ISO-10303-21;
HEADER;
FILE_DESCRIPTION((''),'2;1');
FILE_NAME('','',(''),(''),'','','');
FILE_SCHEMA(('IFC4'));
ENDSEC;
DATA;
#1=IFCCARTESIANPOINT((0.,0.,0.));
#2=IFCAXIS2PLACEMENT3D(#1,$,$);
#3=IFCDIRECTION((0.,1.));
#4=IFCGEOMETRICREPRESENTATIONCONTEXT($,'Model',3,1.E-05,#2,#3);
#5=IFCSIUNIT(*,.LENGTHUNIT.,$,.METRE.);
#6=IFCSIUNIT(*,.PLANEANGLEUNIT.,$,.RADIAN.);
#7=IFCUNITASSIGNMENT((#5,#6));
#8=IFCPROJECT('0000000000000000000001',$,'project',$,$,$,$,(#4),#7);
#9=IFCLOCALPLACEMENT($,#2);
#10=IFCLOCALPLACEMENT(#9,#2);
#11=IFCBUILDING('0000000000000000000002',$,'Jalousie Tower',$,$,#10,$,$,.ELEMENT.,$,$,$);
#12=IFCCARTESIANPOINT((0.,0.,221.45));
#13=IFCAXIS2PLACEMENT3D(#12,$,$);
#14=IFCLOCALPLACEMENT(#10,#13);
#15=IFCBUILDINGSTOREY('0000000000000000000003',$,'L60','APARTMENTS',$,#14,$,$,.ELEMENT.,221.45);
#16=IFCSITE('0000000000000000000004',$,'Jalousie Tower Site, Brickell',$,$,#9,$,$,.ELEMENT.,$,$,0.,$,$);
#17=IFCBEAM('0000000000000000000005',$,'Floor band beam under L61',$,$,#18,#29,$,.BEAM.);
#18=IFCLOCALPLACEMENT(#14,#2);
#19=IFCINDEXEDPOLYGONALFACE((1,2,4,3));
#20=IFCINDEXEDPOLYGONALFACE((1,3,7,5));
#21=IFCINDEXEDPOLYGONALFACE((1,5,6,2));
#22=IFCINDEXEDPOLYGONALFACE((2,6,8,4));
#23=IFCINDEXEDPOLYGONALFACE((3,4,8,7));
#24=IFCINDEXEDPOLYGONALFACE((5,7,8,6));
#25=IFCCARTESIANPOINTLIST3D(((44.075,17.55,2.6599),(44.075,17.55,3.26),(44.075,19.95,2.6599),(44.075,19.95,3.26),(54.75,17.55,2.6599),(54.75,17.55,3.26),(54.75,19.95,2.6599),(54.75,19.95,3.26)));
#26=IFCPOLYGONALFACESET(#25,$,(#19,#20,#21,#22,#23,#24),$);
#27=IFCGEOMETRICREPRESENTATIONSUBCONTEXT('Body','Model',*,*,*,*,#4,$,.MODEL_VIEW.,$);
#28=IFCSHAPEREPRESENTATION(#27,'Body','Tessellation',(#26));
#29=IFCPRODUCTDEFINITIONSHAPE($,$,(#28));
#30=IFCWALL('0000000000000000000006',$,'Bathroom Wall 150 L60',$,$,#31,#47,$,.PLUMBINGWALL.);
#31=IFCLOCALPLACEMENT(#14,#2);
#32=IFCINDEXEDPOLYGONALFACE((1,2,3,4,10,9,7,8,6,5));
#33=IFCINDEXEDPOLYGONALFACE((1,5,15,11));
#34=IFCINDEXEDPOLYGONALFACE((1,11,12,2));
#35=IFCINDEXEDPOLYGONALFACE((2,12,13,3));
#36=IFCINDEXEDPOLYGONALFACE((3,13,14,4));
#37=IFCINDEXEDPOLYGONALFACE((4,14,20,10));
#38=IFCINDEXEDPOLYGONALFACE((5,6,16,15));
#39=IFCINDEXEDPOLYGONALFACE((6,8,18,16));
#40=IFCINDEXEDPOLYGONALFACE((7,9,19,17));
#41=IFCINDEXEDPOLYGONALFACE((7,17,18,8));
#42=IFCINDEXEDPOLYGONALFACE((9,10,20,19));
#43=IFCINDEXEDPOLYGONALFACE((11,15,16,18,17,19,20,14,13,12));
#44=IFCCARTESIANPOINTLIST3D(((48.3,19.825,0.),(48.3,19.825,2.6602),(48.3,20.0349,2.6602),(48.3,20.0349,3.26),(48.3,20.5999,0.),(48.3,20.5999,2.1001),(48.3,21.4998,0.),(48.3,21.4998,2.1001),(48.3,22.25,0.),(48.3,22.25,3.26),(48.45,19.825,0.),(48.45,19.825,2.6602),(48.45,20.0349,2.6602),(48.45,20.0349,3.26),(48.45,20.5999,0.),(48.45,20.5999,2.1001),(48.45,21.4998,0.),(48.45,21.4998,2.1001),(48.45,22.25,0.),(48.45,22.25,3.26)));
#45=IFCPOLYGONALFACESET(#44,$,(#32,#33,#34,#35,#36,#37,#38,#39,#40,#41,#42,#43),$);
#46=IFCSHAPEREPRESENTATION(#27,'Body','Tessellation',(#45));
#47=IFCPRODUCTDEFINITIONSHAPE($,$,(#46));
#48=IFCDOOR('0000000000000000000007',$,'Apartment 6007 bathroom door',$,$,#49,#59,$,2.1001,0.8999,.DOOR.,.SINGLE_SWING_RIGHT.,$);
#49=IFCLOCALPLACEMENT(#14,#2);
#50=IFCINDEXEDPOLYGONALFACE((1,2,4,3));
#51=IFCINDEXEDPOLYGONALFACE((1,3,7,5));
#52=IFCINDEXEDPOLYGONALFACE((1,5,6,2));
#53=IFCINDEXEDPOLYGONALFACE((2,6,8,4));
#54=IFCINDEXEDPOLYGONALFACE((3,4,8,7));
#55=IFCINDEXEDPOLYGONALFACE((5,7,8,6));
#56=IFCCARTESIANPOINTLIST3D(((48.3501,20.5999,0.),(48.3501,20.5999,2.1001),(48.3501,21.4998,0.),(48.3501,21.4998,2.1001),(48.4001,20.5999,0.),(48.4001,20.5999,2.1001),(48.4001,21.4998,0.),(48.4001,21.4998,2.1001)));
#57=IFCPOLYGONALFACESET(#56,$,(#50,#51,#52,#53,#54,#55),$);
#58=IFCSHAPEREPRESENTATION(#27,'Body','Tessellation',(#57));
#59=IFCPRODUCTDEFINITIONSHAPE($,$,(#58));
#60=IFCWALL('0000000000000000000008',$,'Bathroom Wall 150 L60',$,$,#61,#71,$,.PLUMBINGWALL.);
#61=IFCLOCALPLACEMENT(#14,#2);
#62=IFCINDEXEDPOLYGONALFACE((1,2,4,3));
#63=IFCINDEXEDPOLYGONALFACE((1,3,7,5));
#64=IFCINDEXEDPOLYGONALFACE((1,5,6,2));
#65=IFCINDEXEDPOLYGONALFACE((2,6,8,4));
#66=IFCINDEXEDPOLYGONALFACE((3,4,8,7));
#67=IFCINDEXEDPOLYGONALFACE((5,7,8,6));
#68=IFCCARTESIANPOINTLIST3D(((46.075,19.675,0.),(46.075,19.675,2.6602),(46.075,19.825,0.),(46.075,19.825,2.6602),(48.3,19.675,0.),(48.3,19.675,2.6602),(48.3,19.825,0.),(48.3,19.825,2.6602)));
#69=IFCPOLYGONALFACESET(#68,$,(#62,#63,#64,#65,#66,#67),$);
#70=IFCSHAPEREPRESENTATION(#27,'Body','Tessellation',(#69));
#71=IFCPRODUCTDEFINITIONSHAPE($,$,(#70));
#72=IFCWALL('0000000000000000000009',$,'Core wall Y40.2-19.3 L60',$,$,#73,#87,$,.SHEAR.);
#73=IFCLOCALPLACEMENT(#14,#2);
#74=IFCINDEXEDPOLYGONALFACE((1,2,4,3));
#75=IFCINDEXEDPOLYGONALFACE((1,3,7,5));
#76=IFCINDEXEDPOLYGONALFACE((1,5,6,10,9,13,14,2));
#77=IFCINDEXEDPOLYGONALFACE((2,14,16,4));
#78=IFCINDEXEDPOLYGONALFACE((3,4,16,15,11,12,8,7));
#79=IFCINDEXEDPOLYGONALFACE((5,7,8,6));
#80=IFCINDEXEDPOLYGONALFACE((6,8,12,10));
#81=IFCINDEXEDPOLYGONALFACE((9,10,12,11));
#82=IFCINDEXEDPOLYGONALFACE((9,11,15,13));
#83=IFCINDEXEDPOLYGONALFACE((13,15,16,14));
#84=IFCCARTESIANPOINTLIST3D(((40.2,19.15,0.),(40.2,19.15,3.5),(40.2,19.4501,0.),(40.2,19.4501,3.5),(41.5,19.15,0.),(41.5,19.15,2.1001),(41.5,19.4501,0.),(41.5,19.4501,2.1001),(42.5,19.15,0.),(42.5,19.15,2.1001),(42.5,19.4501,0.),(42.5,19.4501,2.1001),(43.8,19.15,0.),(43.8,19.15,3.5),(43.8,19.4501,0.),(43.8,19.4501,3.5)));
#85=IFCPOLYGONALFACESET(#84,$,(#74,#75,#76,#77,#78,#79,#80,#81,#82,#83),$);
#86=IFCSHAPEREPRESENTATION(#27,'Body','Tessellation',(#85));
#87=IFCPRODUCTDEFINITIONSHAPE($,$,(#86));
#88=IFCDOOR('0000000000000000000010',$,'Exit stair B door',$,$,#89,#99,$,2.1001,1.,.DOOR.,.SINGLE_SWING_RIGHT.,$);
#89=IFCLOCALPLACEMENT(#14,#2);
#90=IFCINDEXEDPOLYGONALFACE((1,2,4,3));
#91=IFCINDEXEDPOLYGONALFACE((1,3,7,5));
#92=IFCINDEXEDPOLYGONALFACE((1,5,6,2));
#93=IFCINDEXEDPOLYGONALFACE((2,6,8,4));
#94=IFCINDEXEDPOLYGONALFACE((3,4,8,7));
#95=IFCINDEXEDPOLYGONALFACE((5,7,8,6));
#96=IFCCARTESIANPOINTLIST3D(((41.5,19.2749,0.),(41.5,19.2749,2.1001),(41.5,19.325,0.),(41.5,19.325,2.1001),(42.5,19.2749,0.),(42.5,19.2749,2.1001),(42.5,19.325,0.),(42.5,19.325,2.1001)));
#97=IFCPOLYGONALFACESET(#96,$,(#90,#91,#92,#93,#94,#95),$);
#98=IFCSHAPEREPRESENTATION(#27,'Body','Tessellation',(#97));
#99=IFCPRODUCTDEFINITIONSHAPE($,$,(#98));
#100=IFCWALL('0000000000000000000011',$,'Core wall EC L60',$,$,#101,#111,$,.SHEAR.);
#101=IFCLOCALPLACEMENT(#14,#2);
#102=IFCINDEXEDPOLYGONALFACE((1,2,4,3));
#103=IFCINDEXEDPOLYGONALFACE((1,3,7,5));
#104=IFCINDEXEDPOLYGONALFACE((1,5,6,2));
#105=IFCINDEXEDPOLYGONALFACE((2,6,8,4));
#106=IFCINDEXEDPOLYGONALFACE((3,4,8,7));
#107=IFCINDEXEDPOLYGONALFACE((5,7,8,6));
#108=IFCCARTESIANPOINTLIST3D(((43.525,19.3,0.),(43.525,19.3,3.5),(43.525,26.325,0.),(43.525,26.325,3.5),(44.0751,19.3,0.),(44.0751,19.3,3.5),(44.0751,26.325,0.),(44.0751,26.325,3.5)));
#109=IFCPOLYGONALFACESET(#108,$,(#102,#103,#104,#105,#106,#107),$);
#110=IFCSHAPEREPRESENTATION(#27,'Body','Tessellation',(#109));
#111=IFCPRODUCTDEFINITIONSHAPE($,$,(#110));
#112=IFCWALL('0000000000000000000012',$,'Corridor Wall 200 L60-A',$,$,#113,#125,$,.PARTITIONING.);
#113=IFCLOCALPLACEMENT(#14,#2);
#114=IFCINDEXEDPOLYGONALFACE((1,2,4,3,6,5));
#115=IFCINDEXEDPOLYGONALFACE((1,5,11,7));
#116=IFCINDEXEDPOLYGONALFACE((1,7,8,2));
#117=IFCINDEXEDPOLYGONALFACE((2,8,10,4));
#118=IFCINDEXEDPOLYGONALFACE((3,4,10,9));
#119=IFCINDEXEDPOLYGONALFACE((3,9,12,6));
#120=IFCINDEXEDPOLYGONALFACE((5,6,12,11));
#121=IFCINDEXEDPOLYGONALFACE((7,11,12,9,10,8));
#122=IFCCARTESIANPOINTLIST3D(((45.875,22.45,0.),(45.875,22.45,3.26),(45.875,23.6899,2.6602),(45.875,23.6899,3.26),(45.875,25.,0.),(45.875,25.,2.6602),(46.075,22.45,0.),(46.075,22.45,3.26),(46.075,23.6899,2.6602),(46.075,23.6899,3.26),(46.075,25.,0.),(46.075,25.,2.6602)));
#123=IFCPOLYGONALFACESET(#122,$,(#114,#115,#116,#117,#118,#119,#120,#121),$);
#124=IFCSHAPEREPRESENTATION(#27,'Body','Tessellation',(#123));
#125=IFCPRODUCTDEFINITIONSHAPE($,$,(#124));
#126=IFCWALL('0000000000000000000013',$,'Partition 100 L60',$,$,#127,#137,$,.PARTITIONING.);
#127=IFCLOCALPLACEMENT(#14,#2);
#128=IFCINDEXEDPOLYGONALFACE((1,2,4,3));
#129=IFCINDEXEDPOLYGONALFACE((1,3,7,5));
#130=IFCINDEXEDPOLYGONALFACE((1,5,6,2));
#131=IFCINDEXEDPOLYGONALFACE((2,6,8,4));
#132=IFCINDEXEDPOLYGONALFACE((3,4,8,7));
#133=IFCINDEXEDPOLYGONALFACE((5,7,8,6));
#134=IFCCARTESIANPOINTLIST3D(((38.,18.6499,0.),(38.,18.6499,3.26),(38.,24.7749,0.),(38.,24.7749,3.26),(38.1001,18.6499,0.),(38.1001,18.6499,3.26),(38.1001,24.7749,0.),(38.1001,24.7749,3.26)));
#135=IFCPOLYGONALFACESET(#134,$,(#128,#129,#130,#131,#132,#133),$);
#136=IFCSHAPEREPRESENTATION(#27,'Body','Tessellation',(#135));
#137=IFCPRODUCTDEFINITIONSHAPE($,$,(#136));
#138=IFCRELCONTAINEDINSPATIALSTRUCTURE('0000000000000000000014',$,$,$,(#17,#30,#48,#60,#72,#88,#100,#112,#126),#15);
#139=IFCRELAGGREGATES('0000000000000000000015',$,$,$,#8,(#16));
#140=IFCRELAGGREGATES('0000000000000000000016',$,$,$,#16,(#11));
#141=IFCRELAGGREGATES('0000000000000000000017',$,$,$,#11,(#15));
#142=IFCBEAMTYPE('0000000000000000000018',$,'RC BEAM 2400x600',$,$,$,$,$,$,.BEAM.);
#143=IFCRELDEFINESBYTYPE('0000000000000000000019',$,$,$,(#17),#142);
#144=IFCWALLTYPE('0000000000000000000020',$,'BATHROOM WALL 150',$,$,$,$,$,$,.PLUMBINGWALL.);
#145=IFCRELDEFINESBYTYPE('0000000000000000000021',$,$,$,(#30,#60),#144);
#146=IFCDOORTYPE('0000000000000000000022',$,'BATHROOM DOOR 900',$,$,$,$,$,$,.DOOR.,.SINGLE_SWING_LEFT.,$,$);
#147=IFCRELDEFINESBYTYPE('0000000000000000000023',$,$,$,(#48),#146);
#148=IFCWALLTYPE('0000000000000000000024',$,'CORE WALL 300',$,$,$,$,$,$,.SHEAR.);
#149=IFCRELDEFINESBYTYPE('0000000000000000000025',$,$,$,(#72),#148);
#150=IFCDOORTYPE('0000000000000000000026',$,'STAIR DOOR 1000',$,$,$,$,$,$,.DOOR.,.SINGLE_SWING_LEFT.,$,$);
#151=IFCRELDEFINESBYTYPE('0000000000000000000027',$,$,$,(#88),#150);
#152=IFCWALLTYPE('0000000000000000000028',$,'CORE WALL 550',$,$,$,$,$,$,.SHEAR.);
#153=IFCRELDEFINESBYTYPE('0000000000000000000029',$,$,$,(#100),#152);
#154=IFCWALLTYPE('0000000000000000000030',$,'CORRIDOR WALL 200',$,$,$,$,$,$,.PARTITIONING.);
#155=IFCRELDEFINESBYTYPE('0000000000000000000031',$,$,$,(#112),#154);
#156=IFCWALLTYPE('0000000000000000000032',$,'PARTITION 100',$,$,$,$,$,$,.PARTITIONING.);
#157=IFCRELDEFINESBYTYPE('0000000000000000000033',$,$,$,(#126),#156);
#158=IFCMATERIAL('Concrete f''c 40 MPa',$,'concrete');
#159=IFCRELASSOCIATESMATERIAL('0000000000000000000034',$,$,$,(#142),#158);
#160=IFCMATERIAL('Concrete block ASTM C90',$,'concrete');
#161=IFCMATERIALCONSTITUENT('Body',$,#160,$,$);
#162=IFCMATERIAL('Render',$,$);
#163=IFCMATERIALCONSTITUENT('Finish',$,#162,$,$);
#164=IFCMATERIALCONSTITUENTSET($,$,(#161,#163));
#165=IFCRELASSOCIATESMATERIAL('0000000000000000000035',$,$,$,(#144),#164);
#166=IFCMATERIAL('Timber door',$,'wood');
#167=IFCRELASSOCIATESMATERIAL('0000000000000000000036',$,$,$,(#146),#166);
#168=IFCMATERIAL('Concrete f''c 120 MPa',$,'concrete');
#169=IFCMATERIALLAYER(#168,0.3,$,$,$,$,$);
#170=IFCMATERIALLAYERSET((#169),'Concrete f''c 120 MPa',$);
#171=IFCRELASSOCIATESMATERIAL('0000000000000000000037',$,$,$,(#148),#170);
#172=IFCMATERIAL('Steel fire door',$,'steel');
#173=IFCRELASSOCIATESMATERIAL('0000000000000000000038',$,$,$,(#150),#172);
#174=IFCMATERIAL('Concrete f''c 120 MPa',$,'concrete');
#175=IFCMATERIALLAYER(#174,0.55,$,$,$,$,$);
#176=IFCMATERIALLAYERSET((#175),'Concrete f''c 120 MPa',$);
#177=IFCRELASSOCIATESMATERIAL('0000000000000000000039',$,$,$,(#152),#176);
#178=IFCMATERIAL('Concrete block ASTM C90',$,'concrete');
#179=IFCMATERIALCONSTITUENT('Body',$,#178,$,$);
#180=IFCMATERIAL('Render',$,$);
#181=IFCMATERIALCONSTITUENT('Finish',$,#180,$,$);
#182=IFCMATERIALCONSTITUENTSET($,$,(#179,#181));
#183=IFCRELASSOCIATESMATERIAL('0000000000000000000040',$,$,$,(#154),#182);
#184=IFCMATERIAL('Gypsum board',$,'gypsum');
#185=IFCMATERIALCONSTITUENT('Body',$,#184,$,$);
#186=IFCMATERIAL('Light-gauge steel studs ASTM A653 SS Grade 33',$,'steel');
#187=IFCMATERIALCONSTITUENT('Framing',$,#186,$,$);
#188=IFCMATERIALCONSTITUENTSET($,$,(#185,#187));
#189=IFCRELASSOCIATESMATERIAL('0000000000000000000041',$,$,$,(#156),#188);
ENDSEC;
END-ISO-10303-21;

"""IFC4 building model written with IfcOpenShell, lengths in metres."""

from ifc_helpers import new_model, si_unit, direction, frame, frame_2d, origin, origin_2d, place, context, subcontext, project, spatial, polyline, rectangle, outline, extrude, material, layer, layer_set, constituent, constituent_set, material_profile, profile_set, type_object, element, fill, save


model = new_model("IFC4")

# Units and contexts
model_context = context("Model", 3, precision=1e-05, world=origin(), true_north=direction((0.0, 1.0)))
body_context = subcontext(model_context, "Body", "Model", "MODEL_VIEW")
ifc_project = project(units=[si_unit("LENGTHUNIT", "METRE"), si_unit("PLANEANGLEUNIT", "RADIAN")], contexts=[model_context])

# Site, building, storey
site_placement = place(None, origin())
site = spatial("IfcSite", under=ifc_project, at=site_placement, Name="Jalousie Tower Site, Brickell", CompositionType="ELEMENT", RefElevation=0.0)
building_placement = place(site_placement, origin())
building = spatial("IfcBuilding", under=site, at=building_placement, Name="Jalousie Tower", CompositionType="ELEMENT")
storey_placement = place(building_placement, frame((0.0, 0.0, 221.45)))
storey = spatial("IfcBuildingStorey", under=building, at=storey_placement, Name="L60", Description="APARTMENTS", CompositionType="ELEMENT", Elevation=221.45)

# Beam
ifc_material_1 = material(Name="Concrete f'c 40 MPa", Category="concrete")
ifc_material_profile = material_profile(ifc_material_1, rectangle(XDim=2.3999, YDim=0.6001, at=origin_2d()), Name="RC 2400x600")
ifc_profile_set = profile_set([ifc_material_profile], Name="Concrete f'c 40 MPa")
beam_type = type_object("IfcBeamType", Name="RC BEAM 2400x600", PredefinedType="BEAM", material=ifc_profile_set)
beam_placement = place(storey_placement, frame((44.075, 18.75, 2.96), z_axis=(1.0, 0.0, 0.0), x_axis=(0.0, 1.0, 0.0)))
element("IfcBeam", 1, at=beam_placement, inside=storey, type_object=beam_type, Name="Floor band beam under L61", PredefinedType="BEAM", context=body_context, shape_type="SweptSolid", body=[
    extrude(rectangle(XDim=2.3999, YDim=0.6001, at=origin_2d()), origin(), (0.0, 0.0, 1.0), 10.675),
])

# Wall, opening, door
ifc_material_2 = material(Name="Concrete block ASTM C90", Category="concrete")
ifc_constituent_1 = constituent(ifc_material_2, Name="Body")
ifc_material_3 = material(Name="Render")
ifc_constituent_2 = constituent(ifc_material_3, Name="Finish")
ifc_constituent_set_1 = constituent_set(constituents=[ifc_constituent_1, ifc_constituent_2])
wall_type_1 = type_object("IfcWallType", Name="BATHROOM WALL 150", PredefinedType="PLUMBINGWALL", material=ifc_constituent_set_1)
wall_1_placement = place(storey_placement, frame((48.375, 19.825, 0.0), z_axis=(0.0, 0.0, 1.0), x_axis=(0.0, 1.0, 0.0)))
wall_1 = element("IfcWall", 2, at=wall_1_placement, inside=storey, type_object=wall_type_1, Name="Bathroom Wall 150 L60", PredefinedType="PLUMBINGWALL", context=body_context, shape_type="SweptSolid", body=[
    extrude(outline(polyline([(0.0, 0.0), (2.425, 0.0), (2.425, 3.26), (0.21, 3.26), (0.21, 2.6602), (0.0, 2.6602), (0.0, 3.26), (0.0, 0.0)])), frame((0.0, 0.075, 0.0), z_axis=(0.0, -1.0, 0.0), x_axis=(1.0, 0.0, 0.0)), (0.0, 0.0, 1.0), 0.1499),
])
opening_1_placement = place(wall_1_placement, frame((0.7749, 0.0, 0.0)))
opening_1 = element("IfcOpeningElement", 3, at=opening_1_placement, cuts=wall_1, PredefinedType="OPENING", context=body_context, shape_type="SweptSolid", body=[
    extrude(rectangle(XDim=0.8999, YDim=2.1001, at=frame_2d((0.45, 1.05))), frame((0.0, 0.085, 0.0), z_axis=(0.0, -1.0, 0.0), x_axis=(1.0, 0.0, 0.0)), (0.0, 0.0, 1.0), 0.1699),
])
ifc_material_4 = material(Name="Timber door", Category="wood")
door_type_1 = type_object("IfcDoorType", Name="BATHROOM DOOR 900", OperationType="SINGLE_SWING_LEFT", PredefinedType="DOOR", material=ifc_material_4)
door_1_placement = place(opening_1_placement, origin())
door_1 = element("IfcDoor", 4, at=door_1_placement, inside=storey, type_object=door_type_1, Name="Apartment 6007 bathroom door", OperationType="SINGLE_SWING_RIGHT", OverallHeight=2.1001, OverallWidth=0.8999, PredefinedType="DOOR", context=body_context, shape_type="SweptSolid", body=[
    extrude(rectangle(XDim=0.8999, YDim=2.1001, at=frame_2d((0.45, 1.05))), frame((0.0, 0.0249, 0.0), z_axis=(0.0, -1.0, 0.0), x_axis=(1.0, 0.0, 0.0)), (0.0, 0.0, 1.0), 0.05),
])
fill(opening_1, door_1)

# Wall
wall_2_placement = place(storey_placement, frame((48.3, 19.75, 0.0), z_axis=(0.0, 0.0, 1.0), x_axis=(-1.0, 0.0, 0.0)))
element("IfcWall", 5, at=wall_2_placement, inside=storey, type_object=wall_type_1, Name="Bathroom Wall 150 L60", PredefinedType="PLUMBINGWALL", context=body_context, shape_type="SweptSolid", body=[
    extrude(outline(polyline([(0.0, 0.0), (2.2251, 0.0), (2.2251, 3.26), (2.2251, 2.6602), (0.0, 2.6602), (0.0, 3.26), (0.0, 0.0)])), frame((0.0, 0.075, 0.0), z_axis=(0.0, -1.0, 0.0), x_axis=(1.0, 0.0, 0.0)), (0.0, 0.0, 1.0), 0.1499),
])

# Wall, opening, door
ifc_material_5 = material(Name="Concrete f'c 120 MPa", Category="concrete")
ifc_layer_1 = layer(ifc_material_5, 0.3)
ifc_layer_set_1 = layer_set([ifc_layer_1], Name="Concrete f'c 120 MPa")
wall_type_2 = type_object("IfcWallType", Name="CORE WALL 300", PredefinedType="SHEAR", material=ifc_layer_set_1)
wall_3_placement = place(storey_placement, frame((40.2, 19.3, 0.0), z_axis=(0.0, 0.0, 1.0), x_axis=(1.0, 0.0, 0.0)))
wall_3 = element("IfcWall", 6, at=wall_3_placement, inside=storey, type_object=wall_type_2, Name="Core wall Y40.2-19.3 L60", PredefinedType="SHEAR", context=body_context, shape_type="SweptSolid", body=[
    extrude(rectangle(XDim=3.6001, YDim=0.3, at=frame_2d((1.8, 0.0))), origin(), (0.0, 0.0, 1.0), 3.5),
])
opening_2_placement = place(wall_3_placement, frame((1.3, 0.0, 0.0)))
opening_2 = element("IfcOpeningElement", 7, at=opening_2_placement, cuts=wall_3, PredefinedType="OPENING", context=body_context, shape_type="SweptSolid", body=[
    extrude(rectangle(XDim=1.0, YDim=2.1001, at=frame_2d((0.5, 1.05))), frame((0.0, 0.1599, 0.0), z_axis=(0.0, -1.0, 0.0), x_axis=(1.0, 0.0, 0.0)), (0.0, 0.0, 1.0), 0.3201),
])
ifc_material_6 = material(Name="Steel fire door", Category="steel")
door_type_2 = type_object("IfcDoorType", Name="STAIR DOOR 1000", OperationType="SINGLE_SWING_LEFT", PredefinedType="DOOR", material=ifc_material_6)
door_2_placement = place(opening_2_placement, origin())
door_2 = element("IfcDoor", 8, at=door_2_placement, inside=storey, type_object=door_type_2, Name="Exit stair B door", OperationType="SINGLE_SWING_RIGHT", OverallHeight=2.1001, OverallWidth=1.0, PredefinedType="DOOR", context=body_context, shape_type="SweptSolid", body=[
    extrude(rectangle(XDim=1.0, YDim=2.1001, at=frame_2d((0.5, 1.05))), frame((0.0, 0.0249, 0.0), z_axis=(0.0, -1.0, 0.0), x_axis=(1.0, 0.0, 0.0)), (0.0, 0.0, 1.0), 0.05),
])
fill(opening_2, door_2)

# Walls
ifc_material_7 = material(Name="Concrete f'c 120 MPa", Category="concrete")
ifc_layer_2 = layer(ifc_material_7, 0.55)
ifc_layer_set_2 = layer_set([ifc_layer_2], Name="Concrete f'c 120 MPa")
wall_type_3 = type_object("IfcWallType", Name="CORE WALL 550", PredefinedType="SHEAR", material=ifc_layer_set_2)
wall_4_placement = place(storey_placement, frame((43.8, 19.3, 0.0), z_axis=(0.0, 0.0, 1.0), x_axis=(0.0, 1.0, 0.0)))
element("IfcWall", 9, at=wall_4_placement, inside=storey, type_object=wall_type_3, Name="Core wall EC L60", PredefinedType="SHEAR", context=body_context, shape_type="SweptSolid", body=[
    extrude(rectangle(XDim=7.0249, YDim=0.55, at=frame_2d((3.5125, 0.0))), origin(), (0.0, 0.0, 1.0), 3.5),
])
ifc_material_8 = material(Name="Concrete block ASTM C90", Category="concrete")
ifc_constituent_3 = constituent(ifc_material_8, Name="Body")
ifc_material_9 = material(Name="Render")
ifc_constituent_4 = constituent(ifc_material_9, Name="Finish")
ifc_constituent_set_2 = constituent_set(constituents=[ifc_constituent_3, ifc_constituent_4])
wall_type_4 = type_object("IfcWallType", Name="CORRIDOR WALL 200", PredefinedType="PARTITIONING", material=ifc_constituent_set_2)
wall_5_placement = place(storey_placement, frame((45.9751, 22.45, 0.0), z_axis=(0.0, 0.0, 1.0), x_axis=(0.0, 1.0, 0.0)))
element("IfcWall", 10, at=wall_5_placement, inside=storey, type_object=wall_type_4, Name="Corridor Wall 200 L60-A", PredefinedType="PARTITIONING", context=body_context, shape_type="SweptSolid", body=[
    extrude(outline(polyline([(0.0, 0.0), (2.55, 0.0), (2.55, 2.6602), (1.24, 2.6602), (1.24, 3.26), (0.0, 3.26), (0.0, 0.0)])), frame((0.0, 0.1001, 0.0), z_axis=(0.0, -1.0, 0.0), x_axis=(1.0, 0.0, 0.0)), (0.0, 0.0, 1.0), 0.2),
])
ifc_material_10 = material(Name="Gypsum board", Category="gypsum")
ifc_constituent_5 = constituent(ifc_material_10, Name="Body")
ifc_material_11 = material(Name="Light-gauge steel studs ASTM A653 SS Grade 33", Category="steel")
ifc_constituent_6 = constituent(ifc_material_11, Name="Framing")
ifc_constituent_set_3 = constituent_set(constituents=[ifc_constituent_5, ifc_constituent_6])
wall_type_5 = type_object("IfcWallType", Name="PARTITION 100", PredefinedType="PARTITIONING", material=ifc_constituent_set_3)
wall_6_placement = place(storey_placement, frame((38.05, 18.6499, 0.0), z_axis=(0.0, 0.0, 1.0), x_axis=(0.0, 1.0, 0.0)))
element("IfcWall", 11, at=wall_6_placement, inside=storey, type_object=wall_type_5, Name="Partition 100 L60", PredefinedType="PARTITIONING", context=body_context, shape_type="SweptSolid", body=[
    extrude(rectangle(XDim=6.125, YDim=0.1001, at=frame_2d((3.0625, 0.0))), origin(), (0.0, 0.0, 1.0), 3.26),
])

save(model, "model.ifc")
